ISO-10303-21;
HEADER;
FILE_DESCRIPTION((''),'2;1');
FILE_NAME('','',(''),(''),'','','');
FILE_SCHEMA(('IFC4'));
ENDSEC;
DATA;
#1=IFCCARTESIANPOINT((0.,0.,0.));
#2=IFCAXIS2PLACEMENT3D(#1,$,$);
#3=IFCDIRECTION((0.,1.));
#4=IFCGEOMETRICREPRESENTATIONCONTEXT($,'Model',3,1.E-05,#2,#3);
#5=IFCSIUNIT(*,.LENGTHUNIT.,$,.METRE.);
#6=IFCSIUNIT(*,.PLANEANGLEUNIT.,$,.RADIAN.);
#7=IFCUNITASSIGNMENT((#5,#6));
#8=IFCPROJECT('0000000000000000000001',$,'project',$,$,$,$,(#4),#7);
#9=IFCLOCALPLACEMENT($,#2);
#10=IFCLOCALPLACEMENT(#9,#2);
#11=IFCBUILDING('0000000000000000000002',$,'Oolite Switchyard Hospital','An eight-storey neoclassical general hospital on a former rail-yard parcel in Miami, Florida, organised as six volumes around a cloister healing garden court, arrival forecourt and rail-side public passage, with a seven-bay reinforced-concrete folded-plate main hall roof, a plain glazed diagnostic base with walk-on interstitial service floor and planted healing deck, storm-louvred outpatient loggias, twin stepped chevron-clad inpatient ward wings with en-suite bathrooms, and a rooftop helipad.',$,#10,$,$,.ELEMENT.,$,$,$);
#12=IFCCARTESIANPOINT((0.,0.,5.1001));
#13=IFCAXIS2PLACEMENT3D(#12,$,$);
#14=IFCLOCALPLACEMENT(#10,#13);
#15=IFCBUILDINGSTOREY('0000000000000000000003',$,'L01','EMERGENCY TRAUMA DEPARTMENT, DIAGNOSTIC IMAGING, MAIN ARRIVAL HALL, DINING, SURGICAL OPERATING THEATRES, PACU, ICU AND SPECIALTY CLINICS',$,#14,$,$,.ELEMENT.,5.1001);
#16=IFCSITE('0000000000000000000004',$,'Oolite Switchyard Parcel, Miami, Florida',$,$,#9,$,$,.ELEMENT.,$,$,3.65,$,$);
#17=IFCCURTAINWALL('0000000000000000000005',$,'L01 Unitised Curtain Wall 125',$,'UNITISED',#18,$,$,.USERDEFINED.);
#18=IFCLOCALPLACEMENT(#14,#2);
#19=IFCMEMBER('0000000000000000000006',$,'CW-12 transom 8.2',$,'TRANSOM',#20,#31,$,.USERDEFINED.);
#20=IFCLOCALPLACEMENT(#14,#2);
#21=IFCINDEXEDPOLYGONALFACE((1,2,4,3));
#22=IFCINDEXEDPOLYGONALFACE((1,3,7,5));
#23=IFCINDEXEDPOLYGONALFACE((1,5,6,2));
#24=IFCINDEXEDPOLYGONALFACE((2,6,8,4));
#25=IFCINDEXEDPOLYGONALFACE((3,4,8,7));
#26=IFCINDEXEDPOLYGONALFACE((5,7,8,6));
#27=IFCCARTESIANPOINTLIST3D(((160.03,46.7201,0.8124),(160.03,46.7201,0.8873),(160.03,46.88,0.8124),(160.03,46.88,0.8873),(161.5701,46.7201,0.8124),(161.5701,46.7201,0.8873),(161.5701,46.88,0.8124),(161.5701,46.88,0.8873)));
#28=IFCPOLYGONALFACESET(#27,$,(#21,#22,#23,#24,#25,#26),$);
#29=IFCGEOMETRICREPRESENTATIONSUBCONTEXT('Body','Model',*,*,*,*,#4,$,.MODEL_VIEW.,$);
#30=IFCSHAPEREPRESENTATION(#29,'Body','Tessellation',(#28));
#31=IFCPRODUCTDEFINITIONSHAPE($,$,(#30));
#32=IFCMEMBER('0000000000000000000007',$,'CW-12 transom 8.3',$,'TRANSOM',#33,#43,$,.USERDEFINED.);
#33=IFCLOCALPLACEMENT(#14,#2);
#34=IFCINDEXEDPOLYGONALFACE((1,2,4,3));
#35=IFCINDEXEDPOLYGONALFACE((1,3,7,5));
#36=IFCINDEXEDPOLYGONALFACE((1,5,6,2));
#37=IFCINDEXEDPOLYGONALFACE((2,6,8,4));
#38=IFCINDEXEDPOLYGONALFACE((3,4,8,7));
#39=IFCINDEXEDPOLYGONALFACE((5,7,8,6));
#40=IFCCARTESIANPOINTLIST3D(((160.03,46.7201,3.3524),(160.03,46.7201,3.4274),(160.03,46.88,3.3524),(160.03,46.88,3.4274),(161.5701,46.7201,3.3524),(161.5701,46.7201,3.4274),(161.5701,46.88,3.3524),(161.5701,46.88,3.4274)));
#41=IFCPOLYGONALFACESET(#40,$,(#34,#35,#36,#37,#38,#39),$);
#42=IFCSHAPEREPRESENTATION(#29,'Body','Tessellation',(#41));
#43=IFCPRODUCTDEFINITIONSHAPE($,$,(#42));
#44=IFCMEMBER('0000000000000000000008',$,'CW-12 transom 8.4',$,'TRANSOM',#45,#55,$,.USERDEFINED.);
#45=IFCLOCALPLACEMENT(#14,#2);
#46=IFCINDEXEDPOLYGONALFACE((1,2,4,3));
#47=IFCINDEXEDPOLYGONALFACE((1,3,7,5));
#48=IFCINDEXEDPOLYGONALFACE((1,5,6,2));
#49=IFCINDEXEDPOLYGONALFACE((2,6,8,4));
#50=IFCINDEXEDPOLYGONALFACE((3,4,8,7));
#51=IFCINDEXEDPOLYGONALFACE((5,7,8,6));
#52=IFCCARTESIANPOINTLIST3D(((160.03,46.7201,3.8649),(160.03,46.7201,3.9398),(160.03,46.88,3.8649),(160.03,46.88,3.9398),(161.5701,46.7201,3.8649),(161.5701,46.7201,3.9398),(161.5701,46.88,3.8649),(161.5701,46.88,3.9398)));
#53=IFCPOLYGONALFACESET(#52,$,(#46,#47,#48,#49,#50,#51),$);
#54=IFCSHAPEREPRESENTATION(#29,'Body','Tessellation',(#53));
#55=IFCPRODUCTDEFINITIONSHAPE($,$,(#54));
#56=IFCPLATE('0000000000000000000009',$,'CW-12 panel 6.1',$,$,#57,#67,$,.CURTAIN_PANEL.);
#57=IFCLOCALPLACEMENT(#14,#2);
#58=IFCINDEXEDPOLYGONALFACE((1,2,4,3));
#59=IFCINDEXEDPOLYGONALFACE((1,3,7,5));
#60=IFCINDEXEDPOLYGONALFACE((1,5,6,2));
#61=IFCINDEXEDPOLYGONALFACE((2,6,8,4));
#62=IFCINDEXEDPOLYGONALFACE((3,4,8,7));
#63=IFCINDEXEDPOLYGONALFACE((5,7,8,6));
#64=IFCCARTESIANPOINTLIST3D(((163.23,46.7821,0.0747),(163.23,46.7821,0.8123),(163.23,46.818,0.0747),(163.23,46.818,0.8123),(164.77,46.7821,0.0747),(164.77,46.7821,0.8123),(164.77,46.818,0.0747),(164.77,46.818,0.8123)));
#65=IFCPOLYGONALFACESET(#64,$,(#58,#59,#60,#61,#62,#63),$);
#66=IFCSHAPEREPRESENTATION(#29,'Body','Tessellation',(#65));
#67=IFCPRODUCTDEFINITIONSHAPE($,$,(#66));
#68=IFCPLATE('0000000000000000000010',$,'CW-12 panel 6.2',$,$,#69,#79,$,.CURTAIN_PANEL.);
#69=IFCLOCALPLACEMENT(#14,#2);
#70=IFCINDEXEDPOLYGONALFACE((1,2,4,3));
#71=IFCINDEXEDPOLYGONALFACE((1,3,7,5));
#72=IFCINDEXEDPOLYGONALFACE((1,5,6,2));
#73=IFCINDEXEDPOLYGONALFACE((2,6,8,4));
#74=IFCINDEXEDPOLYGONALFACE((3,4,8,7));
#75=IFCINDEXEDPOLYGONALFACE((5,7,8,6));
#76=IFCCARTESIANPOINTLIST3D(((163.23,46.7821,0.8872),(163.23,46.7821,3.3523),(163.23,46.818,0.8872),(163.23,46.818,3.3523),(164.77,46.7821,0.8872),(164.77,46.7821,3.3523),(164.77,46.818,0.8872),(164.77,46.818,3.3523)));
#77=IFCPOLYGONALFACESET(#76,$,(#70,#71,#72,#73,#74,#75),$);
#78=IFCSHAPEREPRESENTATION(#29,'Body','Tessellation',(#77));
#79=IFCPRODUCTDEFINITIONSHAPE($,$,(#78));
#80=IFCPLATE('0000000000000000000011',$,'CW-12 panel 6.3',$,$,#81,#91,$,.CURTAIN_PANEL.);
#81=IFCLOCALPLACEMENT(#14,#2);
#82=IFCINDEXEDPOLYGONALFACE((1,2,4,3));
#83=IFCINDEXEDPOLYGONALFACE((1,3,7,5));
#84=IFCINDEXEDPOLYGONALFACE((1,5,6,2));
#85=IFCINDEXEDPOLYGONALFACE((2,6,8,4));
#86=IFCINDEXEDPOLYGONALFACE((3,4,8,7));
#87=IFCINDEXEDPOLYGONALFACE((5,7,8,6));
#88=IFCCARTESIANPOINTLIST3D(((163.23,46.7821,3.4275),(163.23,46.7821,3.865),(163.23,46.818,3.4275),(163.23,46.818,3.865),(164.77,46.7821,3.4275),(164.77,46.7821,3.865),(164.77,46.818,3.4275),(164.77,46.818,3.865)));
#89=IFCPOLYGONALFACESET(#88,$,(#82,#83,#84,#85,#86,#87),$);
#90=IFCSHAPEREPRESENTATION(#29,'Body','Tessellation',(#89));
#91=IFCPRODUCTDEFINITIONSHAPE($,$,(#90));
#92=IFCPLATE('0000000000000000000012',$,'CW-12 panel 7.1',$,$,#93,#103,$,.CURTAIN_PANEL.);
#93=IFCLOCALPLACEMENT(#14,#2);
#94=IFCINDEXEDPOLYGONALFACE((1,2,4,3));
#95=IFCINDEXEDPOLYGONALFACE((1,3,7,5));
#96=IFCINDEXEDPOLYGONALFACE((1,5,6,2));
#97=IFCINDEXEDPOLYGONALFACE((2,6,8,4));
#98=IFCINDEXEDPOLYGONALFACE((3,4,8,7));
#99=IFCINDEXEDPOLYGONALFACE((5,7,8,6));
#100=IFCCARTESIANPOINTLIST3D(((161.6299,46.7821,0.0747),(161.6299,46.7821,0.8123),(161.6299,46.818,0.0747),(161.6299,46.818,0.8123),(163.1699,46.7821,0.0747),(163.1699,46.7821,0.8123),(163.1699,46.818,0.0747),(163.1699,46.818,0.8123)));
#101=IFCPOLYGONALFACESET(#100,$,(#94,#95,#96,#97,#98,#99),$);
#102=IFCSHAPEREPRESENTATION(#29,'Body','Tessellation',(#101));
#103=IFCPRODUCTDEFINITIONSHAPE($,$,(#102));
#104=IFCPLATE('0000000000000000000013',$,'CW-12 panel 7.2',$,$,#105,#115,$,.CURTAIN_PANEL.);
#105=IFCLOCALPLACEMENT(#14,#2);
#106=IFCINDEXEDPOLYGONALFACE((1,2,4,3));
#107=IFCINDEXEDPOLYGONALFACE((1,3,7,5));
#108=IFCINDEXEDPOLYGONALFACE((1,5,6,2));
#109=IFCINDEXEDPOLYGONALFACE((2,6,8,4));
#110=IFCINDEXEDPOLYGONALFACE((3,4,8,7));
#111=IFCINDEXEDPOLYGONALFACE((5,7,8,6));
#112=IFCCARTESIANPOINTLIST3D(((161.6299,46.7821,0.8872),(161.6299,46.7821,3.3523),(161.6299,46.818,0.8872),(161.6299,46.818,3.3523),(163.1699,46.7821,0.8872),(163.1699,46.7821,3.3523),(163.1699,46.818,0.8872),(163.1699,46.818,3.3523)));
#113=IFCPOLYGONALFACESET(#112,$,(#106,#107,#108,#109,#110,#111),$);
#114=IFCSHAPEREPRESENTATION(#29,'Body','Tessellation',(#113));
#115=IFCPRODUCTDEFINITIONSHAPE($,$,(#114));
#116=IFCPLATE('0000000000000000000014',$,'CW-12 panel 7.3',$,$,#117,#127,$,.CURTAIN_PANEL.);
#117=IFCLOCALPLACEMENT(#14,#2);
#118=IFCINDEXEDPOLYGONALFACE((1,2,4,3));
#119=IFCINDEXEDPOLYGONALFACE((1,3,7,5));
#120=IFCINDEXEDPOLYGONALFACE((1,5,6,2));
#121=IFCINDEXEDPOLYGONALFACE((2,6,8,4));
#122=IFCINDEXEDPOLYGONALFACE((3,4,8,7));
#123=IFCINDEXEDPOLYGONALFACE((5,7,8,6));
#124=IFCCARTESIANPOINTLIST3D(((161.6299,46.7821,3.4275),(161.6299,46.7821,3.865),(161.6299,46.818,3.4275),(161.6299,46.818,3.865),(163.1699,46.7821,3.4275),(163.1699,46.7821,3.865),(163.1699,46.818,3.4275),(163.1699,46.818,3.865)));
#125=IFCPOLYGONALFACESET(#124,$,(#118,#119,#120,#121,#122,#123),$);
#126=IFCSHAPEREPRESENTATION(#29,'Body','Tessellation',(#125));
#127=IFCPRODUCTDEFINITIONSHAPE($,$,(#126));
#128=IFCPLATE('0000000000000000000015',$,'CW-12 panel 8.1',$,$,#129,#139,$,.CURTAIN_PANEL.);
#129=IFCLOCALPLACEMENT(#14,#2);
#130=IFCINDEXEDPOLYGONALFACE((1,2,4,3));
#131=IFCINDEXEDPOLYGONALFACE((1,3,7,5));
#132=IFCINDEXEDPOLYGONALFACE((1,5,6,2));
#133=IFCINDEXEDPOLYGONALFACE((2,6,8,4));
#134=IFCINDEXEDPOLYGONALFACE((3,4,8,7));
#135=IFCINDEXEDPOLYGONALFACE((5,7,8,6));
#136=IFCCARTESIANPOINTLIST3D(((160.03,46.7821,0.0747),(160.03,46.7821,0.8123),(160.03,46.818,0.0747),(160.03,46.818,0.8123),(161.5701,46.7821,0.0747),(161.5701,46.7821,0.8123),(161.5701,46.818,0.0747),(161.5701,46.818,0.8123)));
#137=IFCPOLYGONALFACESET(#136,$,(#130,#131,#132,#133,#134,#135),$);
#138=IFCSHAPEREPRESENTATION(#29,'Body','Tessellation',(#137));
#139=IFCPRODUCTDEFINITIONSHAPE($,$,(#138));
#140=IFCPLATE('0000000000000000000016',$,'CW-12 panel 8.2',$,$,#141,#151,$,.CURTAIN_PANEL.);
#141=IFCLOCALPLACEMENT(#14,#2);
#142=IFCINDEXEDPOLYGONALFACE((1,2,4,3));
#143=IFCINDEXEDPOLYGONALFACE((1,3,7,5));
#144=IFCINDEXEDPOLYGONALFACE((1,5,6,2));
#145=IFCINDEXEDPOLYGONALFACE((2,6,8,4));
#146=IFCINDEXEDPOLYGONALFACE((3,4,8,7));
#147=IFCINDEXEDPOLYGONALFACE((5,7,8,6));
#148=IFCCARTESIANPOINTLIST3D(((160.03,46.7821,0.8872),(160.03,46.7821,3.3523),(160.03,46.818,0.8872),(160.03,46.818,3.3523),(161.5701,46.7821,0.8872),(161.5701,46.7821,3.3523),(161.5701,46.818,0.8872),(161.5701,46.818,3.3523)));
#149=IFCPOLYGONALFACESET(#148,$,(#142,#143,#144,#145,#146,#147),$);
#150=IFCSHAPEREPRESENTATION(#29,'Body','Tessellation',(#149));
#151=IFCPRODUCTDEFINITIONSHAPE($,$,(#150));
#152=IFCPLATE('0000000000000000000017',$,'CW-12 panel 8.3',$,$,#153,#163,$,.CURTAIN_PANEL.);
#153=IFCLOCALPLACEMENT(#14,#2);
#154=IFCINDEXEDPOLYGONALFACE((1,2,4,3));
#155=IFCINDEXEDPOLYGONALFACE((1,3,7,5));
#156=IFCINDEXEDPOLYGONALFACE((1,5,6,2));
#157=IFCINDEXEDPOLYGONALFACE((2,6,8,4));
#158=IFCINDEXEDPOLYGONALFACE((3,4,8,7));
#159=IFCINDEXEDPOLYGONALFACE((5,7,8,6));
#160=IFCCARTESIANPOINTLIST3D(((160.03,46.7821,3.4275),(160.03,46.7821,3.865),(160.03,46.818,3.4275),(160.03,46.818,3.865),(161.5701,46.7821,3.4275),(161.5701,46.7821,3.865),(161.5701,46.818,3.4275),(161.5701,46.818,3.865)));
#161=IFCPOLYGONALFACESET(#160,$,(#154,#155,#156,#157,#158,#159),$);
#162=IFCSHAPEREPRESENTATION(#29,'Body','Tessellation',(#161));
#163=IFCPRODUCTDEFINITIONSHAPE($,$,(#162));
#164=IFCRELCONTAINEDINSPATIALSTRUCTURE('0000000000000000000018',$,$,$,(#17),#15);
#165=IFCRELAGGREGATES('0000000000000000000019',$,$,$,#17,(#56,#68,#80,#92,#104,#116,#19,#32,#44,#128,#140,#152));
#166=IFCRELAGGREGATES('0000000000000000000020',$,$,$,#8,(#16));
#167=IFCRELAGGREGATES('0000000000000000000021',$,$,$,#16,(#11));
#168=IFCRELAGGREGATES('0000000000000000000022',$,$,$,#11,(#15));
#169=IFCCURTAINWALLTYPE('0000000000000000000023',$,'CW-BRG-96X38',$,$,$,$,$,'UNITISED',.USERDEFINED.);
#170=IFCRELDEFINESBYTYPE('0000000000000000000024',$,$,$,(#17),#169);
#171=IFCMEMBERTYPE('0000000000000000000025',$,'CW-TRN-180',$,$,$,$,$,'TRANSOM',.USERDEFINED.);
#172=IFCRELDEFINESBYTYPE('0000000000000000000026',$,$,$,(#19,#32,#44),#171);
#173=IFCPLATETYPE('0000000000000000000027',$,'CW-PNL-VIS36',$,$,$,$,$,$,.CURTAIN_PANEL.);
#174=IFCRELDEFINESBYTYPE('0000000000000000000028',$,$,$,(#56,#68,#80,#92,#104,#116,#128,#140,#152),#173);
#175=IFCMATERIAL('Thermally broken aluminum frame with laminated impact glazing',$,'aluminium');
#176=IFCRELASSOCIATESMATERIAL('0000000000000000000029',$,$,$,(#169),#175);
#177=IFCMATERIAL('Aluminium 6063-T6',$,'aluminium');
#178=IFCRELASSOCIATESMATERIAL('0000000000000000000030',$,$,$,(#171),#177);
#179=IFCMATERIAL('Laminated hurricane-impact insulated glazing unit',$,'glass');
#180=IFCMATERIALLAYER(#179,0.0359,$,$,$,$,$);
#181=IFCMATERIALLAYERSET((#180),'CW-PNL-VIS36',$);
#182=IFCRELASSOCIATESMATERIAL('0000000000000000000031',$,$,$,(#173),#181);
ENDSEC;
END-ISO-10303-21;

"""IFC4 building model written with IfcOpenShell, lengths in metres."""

from ifc_helpers import new_model, si_unit, direction, frame, origin, origin_2d, place, context, subcontext, project, spatial, rectangle, extrude, material, layer, layer_set, material_profile, profile_set, type_object, element, aggregate, save


model = new_model("IFC4")

# Units and contexts
model_context = context("Model", 3, precision=1e-05, world=origin(), true_north=direction((0.0, 1.0)))
body_context = subcontext(model_context, "Body", "Model", "MODEL_VIEW")
ifc_project = project(units=[si_unit("LENGTHUNIT", "METRE"), si_unit("PLANEANGLEUNIT", "RADIAN")], contexts=[model_context])

# Site, building, storey
site_placement = place(None, origin())
site = spatial("IfcSite", under=ifc_project, at=site_placement, Name="Oolite Switchyard Parcel, Miami, Florida", CompositionType="ELEMENT", RefElevation=3.65)
building_placement = place(site_placement, origin())
building = spatial("IfcBuilding", under=site, at=building_placement, Name="Oolite Switchyard Hospital", Description="An eight-storey neoclassical general hospital on a former rail-yard parcel in Miami, Florida, organised as six volumes around a cloister healing garden court, arrival forecourt and rail-side public passage, with a seven-bay reinforced-concrete folded-plate main hall roof, a plain glazed diagnostic base with walk-on interstitial service floor and planted healing deck, storm-louvred outpatient loggias, twin stepped chevron-clad inpatient ward wings with en-suite bathrooms, and a rooftop helipad.", CompositionType="ELEMENT")
storey_placement = place(building_placement, frame((0.0, 0.0, 5.1001)))
storey = spatial("IfcBuildingStorey", under=building, at=storey_placement, Name="L01", Description="EMERGENCY TRAUMA DEPARTMENT, DIAGNOSTIC IMAGING, MAIN ARRIVAL HALL, DINING, SURGICAL OPERATING THEATRES, PACU, ICU AND SPECIALTY CLINICS", CompositionType="ELEMENT", Elevation=5.1001)

# Curtain wall, members, plates
ifc_material_1 = material(Name="Thermally broken aluminum frame with laminated impact glazing", Category="aluminium")
curtain_wall_type = type_object("IfcCurtainWallType", Name="CW-BRG-96X38", ElementType="UNITISED", PredefinedType="USERDEFINED", material=ifc_material_1)
curtain_wall_placement = place(storey_placement, origin())
curtain_wall = element("IfcCurtainWall", 1, at=curtain_wall_placement, inside=storey, type_object=curtain_wall_type, Name="L01 Unitised Curtain Wall 125", ObjectType="UNITISED", PredefinedType="USERDEFINED")
ifc_material_2 = material(Name="Aluminium 6063-T6", Category="aluminium")
ifc_material_profile_1 = material_profile(ifc_material_2, rectangle(XDim=0.1599, YDim=0.075, at=origin_2d()), Name="CWT75X160")
ifc_profile_set_1 = profile_set([ifc_material_profile_1], Name="Aluminium 6063-T6")
member_type_1 = type_object("IfcMemberType", Name="CW-TRN-180", ElementType="TRANSOM", PredefinedType="USERDEFINED", material=ifc_profile_set_1)
member_1_placement = place(storey_placement, frame((161.5701, 46.8, 0.8499), z_axis=(-1.0, 0.0, 0.0), x_axis=(0.0, -1.0, 0.0)))
member_1 = element("IfcMember", 2, at=member_1_placement, type_object=member_type_1, Name="CW-12 transom 8.2", ObjectType="TRANSOM", PredefinedType="USERDEFINED", context=body_context, shape_type="SweptSolid", body=[
    extrude(rectangle(XDim=0.1599, YDim=0.075, at=origin_2d()), origin(), (0.0, 0.0, 1.0), 1.54),
])
member_2_placement = place(storey_placement, frame((161.5701, 46.8, 3.3899), z_axis=(-1.0, 0.0, 0.0), x_axis=(0.0, -1.0, 0.0)))
member_2 = element("IfcMember", 3, at=member_2_placement, type_object=member_type_1, Name="CW-12 transom 8.3", ObjectType="TRANSOM", PredefinedType="USERDEFINED", context=body_context, shape_type="SweptSolid", body=[
    extrude(rectangle(XDim=0.1599, YDim=0.075, at=origin_2d()), origin(), (0.0, 0.0, 1.0), 1.54),
])
member_3_placement = place(storey_placement, frame((161.5701, 46.8, 3.9023), z_axis=(-1.0, 0.0, 0.0), x_axis=(0.0, -1.0, 0.0)))
member_3 = element("IfcMember", 4, at=member_3_placement, type_object=member_type_1, Name="CW-12 transom 8.4", ObjectType="TRANSOM", PredefinedType="USERDEFINED", context=body_context, shape_type="SweptSolid", body=[
    extrude(rectangle(XDim=0.1599, YDim=0.075, at=origin_2d()), origin(), (0.0, 0.0, 1.0), 1.54),
])
ifc_material_3 = material(Name="Laminated hurricane-impact insulated glazing unit", Category="glass")
ifc_layer = layer(ifc_material_3, 0.0359)
ifc_layer_set = layer_set([ifc_layer], Name="CW-PNL-VIS36")
plate_type = type_object("IfcPlateType", Name="CW-PNL-VIS36", PredefinedType="CURTAIN_PANEL", material=ifc_layer_set)
plate_1_placement = place(storey_placement, frame((164.0, 46.8, 0.0747), z_axis=(0.0, 0.0, 1.0), x_axis=(-1.0, 0.0, 0.0)))
plate_1 = element("IfcPlate", 5, at=plate_1_placement, type_object=plate_type, Name="CW-12 panel 6.1", PredefinedType="CURTAIN_PANEL", context=body_context, shape_type="SweptSolid", body=[
    extrude(rectangle(XDim=1.54, YDim=0.0359, at=origin_2d()), origin(), (0.0, 0.0, 1.0), 0.7375),
])
plate_2_placement = place(storey_placement, frame((164.0, 46.8, 0.8872), z_axis=(0.0, 0.0, 1.0), x_axis=(-1.0, 0.0, 0.0)))
plate_2 = element("IfcPlate", 6, at=plate_2_placement, type_object=plate_type, Name="CW-12 panel 6.2", PredefinedType="CURTAIN_PANEL", context=body_context, shape_type="SweptSolid", body=[
    extrude(rectangle(XDim=1.54, YDim=0.0359, at=origin_2d()), origin(), (0.0, 0.0, 1.0), 2.4651),
])
plate_3_placement = place(storey_placement, frame((164.0, 46.8, 3.4275), z_axis=(0.0, 0.0, 1.0), x_axis=(-1.0, 0.0, 0.0)))
plate_3 = element("IfcPlate", 7, at=plate_3_placement, type_object=plate_type, Name="CW-12 panel 6.3", PredefinedType="CURTAIN_PANEL", context=body_context, shape_type="SweptSolid", body=[
    extrude(rectangle(XDim=1.54, YDim=0.0359, at=origin_2d()), origin(), (0.0, 0.0, 1.0), 0.4375),
])
plate_4_placement = place(storey_placement, frame((162.3999, 46.8, 0.0747), z_axis=(0.0, 0.0, 1.0), x_axis=(-1.0, 0.0, 0.0)))
plate_4 = element("IfcPlate", 8, at=plate_4_placement, type_object=plate_type, Name="CW-12 panel 7.1", PredefinedType="CURTAIN_PANEL", context=body_context, shape_type="SweptSolid", body=[
    extrude(rectangle(XDim=1.54, YDim=0.0359, at=origin_2d()), origin(), (0.0, 0.0, 1.0), 0.7375),
])
plate_5_placement = place(storey_placement, frame((162.3999, 46.8, 0.8872), z_axis=(0.0, 0.0, 1.0), x_axis=(-1.0, 0.0, 0.0)))
plate_5 = element("IfcPlate", 9, at=plate_5_placement, type_object=plate_type, Name="CW-12 panel 7.2", PredefinedType="CURTAIN_PANEL", context=body_context, shape_type="SweptSolid", body=[
    extrude(rectangle(XDim=1.54, YDim=0.0359, at=origin_2d()), origin(), (0.0, 0.0, 1.0), 2.4651),
])
plate_6_placement = place(storey_placement, frame((162.3999, 46.8, 3.4275), z_axis=(0.0, 0.0, 1.0), x_axis=(-1.0, 0.0, 0.0)))
plate_6 = element("IfcPlate", 10, at=plate_6_placement, type_object=plate_type, Name="CW-12 panel 7.3", PredefinedType="CURTAIN_PANEL", context=body_context, shape_type="SweptSolid", body=[
    extrude(rectangle(XDim=1.54, YDim=0.0359, at=origin_2d()), origin(), (0.0, 0.0, 1.0), 0.4375),
])
plate_7_placement = place(storey_placement, frame((160.8, 46.8, 0.0747), z_axis=(0.0, 0.0, 1.0), x_axis=(-1.0, 0.0, 0.0)))
plate_7 = element("IfcPlate", 11, at=plate_7_placement, type_object=plate_type, Name="CW-12 panel 8.1", PredefinedType="CURTAIN_PANEL", context=body_context, shape_type="SweptSolid", body=[
    extrude(rectangle(XDim=1.54, YDim=0.0359, at=origin_2d()), origin(), (0.0, 0.0, 1.0), 0.7375),
])
plate_8_placement = place(storey_placement, frame((160.8, 46.8, 0.8872), z_axis=(0.0, 0.0, 1.0), x_axis=(-1.0, 0.0, 0.0)))
plate_8 = element("IfcPlate", 12, at=plate_8_placement, type_object=plate_type, Name="CW-12 panel 8.2", PredefinedType="CURTAIN_PANEL", context=body_context, shape_type="SweptSolid", body=[
    extrude(rectangle(XDim=1.54, YDim=0.0359, at=origin_2d()), origin(), (0.0, 0.0, 1.0), 2.4651),
])
plate_9_placement = place(storey_placement, frame((160.8, 46.8, 3.4275), z_axis=(0.0, 0.0, 1.0), x_axis=(-1.0, 0.0, 0.0)))
plate_9 = element("IfcPlate", 13, at=plate_9_placement, type_object=plate_type, Name="CW-12 panel 8.3", PredefinedType="CURTAIN_PANEL", context=body_context, shape_type="SweptSolid", body=[
    extrude(rectangle(XDim=1.54, YDim=0.0359, at=origin_2d()), origin(), (0.0, 0.0, 1.0), 0.4375),
])
aggregate(curtain_wall, [plate_1, plate_2, plate_3, plate_4, plate_5, plate_6, member_1, member_2, member_3, plate_7, plate_8, plate_9])

save(model, "model.ifc")
